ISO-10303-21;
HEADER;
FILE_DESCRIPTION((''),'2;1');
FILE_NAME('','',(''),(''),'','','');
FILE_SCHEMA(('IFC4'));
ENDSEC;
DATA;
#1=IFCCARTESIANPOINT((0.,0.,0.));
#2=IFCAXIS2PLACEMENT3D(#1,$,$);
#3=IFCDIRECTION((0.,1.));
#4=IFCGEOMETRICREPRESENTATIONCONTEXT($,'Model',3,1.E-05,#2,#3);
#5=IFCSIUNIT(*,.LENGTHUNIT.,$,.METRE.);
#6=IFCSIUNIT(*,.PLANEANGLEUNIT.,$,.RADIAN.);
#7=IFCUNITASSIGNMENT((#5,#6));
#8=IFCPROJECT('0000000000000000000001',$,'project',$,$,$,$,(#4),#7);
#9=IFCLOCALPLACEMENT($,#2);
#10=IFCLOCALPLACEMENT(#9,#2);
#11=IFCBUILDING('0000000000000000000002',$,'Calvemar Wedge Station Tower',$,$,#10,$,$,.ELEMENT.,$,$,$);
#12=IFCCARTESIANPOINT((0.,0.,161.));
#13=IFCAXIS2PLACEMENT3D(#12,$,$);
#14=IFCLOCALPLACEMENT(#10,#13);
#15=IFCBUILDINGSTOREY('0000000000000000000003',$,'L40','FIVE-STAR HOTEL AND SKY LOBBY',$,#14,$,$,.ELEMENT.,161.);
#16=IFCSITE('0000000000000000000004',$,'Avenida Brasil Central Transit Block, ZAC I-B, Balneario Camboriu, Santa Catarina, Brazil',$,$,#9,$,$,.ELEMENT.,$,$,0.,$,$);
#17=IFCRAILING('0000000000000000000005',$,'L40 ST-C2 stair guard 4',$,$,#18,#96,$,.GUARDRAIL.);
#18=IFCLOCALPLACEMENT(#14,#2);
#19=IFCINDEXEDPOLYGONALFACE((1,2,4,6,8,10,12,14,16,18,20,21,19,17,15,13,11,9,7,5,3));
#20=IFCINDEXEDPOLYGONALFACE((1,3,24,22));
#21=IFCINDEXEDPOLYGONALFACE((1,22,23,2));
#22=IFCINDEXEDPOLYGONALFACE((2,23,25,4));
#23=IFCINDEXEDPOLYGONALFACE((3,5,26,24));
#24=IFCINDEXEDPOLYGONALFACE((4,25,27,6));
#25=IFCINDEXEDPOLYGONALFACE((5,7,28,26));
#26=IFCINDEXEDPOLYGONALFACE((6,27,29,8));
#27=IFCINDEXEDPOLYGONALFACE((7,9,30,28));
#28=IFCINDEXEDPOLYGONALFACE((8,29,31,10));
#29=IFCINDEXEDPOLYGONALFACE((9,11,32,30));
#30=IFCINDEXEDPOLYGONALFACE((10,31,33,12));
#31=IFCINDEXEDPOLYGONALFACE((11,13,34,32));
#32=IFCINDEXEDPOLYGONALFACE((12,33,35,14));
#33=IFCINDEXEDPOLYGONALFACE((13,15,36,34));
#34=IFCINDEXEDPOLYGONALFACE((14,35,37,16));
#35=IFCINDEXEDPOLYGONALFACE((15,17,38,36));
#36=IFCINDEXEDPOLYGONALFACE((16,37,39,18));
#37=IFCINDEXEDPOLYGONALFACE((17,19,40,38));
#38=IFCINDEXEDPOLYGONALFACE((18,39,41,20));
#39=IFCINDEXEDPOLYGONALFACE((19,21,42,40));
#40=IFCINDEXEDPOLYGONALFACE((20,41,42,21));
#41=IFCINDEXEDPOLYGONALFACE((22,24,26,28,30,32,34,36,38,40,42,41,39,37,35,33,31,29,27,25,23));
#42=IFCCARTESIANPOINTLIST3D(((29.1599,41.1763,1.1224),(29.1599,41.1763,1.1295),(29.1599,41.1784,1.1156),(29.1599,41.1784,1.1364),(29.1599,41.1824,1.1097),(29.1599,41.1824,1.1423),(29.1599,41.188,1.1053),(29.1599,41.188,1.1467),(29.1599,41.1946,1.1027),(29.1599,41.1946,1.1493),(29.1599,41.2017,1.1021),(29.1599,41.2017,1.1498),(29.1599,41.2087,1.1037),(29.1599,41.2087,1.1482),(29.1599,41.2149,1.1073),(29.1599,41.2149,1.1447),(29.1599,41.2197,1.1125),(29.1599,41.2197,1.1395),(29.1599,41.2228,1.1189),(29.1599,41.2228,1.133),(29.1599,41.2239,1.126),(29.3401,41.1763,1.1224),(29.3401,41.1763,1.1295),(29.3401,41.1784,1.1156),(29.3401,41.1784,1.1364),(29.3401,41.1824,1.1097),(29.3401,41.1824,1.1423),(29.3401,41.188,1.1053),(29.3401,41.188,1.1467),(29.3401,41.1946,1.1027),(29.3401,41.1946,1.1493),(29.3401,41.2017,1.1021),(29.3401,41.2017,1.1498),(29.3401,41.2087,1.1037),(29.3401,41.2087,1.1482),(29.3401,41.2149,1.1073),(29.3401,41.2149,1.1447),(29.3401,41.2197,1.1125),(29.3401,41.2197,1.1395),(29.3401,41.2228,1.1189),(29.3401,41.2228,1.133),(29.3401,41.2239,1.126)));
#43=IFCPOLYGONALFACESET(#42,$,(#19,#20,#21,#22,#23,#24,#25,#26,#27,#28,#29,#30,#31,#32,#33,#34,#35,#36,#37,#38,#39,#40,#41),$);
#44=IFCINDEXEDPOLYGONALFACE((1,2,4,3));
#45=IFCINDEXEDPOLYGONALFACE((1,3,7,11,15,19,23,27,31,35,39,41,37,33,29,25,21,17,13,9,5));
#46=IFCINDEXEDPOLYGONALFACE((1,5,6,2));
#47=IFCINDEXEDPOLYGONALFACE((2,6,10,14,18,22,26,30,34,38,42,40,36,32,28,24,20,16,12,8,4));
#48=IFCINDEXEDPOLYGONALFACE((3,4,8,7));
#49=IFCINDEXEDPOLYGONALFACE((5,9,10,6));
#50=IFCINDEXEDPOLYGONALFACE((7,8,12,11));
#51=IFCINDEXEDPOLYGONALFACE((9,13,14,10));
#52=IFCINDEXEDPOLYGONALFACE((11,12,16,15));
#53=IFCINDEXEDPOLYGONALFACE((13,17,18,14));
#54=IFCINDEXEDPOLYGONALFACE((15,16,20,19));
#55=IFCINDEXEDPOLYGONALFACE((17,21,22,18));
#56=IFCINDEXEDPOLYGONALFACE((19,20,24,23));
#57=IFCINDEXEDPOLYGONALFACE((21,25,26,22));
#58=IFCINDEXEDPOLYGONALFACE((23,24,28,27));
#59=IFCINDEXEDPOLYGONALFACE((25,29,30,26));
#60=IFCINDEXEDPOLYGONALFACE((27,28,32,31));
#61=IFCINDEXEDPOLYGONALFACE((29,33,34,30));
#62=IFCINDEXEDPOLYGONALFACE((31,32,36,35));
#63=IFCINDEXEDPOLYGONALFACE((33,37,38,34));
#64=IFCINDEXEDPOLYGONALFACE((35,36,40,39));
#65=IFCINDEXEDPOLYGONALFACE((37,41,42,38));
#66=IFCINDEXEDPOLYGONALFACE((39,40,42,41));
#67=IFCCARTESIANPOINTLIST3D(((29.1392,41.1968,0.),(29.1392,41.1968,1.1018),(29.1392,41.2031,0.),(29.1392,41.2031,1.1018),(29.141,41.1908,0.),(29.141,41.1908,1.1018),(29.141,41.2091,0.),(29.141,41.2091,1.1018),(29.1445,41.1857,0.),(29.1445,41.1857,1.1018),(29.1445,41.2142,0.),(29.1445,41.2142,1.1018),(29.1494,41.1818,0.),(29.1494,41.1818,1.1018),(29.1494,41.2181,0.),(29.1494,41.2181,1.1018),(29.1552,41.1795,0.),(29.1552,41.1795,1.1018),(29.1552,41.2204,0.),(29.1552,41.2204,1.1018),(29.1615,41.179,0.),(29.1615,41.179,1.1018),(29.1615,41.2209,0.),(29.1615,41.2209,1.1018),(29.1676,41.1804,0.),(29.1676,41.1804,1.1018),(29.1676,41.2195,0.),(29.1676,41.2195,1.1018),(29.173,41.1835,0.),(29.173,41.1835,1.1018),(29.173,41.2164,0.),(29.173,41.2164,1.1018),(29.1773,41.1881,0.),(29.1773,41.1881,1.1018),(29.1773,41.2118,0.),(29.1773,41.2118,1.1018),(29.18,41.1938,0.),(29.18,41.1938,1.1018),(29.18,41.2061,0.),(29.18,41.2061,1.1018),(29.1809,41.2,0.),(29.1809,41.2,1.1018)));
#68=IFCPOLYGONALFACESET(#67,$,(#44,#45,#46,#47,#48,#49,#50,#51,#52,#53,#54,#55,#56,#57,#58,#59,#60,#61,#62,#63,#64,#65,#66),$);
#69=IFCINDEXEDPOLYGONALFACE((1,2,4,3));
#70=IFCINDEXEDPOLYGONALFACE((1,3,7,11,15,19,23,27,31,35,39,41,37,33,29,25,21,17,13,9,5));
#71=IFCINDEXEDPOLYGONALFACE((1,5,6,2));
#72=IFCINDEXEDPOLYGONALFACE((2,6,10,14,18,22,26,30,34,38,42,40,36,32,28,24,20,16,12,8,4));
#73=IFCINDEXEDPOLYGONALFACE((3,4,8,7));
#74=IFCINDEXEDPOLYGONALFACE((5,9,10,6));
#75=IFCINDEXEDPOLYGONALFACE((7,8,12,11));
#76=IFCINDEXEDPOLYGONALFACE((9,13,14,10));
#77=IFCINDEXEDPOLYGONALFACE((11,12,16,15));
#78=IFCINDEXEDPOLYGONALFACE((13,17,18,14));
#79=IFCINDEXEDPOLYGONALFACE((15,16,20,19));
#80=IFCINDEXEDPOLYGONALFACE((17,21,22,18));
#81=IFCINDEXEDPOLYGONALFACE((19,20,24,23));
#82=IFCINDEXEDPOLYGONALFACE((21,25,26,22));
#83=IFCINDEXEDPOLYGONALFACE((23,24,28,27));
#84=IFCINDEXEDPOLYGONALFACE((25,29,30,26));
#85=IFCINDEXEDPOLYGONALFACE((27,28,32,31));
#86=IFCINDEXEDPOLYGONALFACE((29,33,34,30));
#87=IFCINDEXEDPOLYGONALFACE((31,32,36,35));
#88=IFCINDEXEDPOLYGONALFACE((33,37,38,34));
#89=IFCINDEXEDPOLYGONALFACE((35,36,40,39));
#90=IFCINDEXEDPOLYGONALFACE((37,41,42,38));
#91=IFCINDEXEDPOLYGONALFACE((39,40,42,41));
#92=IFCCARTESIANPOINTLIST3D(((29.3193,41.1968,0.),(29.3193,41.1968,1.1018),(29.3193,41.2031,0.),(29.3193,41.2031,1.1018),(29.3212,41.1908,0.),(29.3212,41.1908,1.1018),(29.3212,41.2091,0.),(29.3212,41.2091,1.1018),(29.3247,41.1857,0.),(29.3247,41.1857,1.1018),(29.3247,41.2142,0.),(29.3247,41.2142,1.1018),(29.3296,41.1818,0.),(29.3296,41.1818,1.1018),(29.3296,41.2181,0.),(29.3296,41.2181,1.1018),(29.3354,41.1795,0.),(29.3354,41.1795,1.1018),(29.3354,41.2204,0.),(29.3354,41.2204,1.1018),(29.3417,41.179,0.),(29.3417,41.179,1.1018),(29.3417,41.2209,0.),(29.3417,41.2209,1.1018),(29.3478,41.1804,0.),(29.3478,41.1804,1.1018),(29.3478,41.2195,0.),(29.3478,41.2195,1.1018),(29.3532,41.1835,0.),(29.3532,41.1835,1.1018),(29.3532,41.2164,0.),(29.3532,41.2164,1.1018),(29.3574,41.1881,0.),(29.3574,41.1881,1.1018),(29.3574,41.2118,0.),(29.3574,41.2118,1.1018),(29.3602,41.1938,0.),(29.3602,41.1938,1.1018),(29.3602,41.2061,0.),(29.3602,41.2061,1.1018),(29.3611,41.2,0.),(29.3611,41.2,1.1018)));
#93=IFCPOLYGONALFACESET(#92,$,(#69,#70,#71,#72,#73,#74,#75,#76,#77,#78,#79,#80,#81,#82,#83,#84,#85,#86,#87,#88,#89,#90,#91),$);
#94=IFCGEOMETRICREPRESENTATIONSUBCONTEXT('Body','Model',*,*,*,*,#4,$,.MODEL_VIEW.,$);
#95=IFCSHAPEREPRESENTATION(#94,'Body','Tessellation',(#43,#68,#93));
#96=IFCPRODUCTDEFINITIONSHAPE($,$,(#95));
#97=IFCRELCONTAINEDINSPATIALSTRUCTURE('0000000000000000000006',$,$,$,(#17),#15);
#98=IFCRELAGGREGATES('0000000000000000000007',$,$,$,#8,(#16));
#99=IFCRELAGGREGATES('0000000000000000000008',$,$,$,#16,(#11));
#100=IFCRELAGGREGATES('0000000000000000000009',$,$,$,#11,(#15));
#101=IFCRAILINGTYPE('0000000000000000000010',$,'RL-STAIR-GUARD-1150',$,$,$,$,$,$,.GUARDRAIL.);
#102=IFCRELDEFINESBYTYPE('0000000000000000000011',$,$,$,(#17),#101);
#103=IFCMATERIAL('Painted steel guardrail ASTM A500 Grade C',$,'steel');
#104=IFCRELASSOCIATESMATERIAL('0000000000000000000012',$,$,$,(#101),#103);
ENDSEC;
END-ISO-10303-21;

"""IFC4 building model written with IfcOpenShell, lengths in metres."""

from ifc_helpers import new_model, si_unit, direction, frame, origin, origin_2d, place, context, subcontext, project, spatial, circle, extrude, material, type_object, element, save


model = new_model("IFC4")

# Units and contexts
model_context = context("Model", 3, precision=1e-05, world=origin(), true_north=direction((0.0, 1.0)))
body_context = subcontext(model_context, "Body", "Model", "MODEL_VIEW")
ifc_project = project(units=[si_unit("LENGTHUNIT", "METRE"), si_unit("PLANEANGLEUNIT", "RADIAN")], contexts=[model_context])

# Site, building, storey
site_placement = place(None, origin())
site = spatial("IfcSite", under=ifc_project, at=site_placement, Name="Avenida Brasil Central Transit Block, ZAC I-B, Balneario Camboriu, Santa Catarina, Brazil", CompositionType="ELEMENT", RefElevation=0.0)
building_placement = place(site_placement, origin())
building = spatial("IfcBuilding", under=site, at=building_placement, Name="Calvemar Wedge Station Tower", CompositionType="ELEMENT")
storey_placement = place(building_placement, frame((0.0, 0.0, 161.0)))
storey = spatial("IfcBuildingStorey", under=building, at=storey_placement, Name="L40", Description="FIVE-STAR HOTEL AND SKY LOBBY", CompositionType="ELEMENT", Elevation=161.0)

# Railing
ifc_material_1 = material(Name="Painted steel guardrail ASTM A500 Grade C", Category="steel")
railing_type_1 = type_object("IfcRailingType", Name="RL-STAIR-GUARD-1150", PredefinedType="GUARDRAIL", material=ifc_material_1)
railing_1_placement = place(storey_placement, frame((29.1599, 41.2, 0.0)))
element("IfcRailing", 1, at=railing_1_placement, inside=storey, type_object=railing_type_1, Name="L40 ST-C2 stair guard 4", PredefinedType="GUARDRAIL", context=body_context, shape_type="SweptSolid", body=[
    extrude(circle(Radius=0.0239, at=origin_2d()), frame((0.0, 0.0, 1.126), z_axis=(1.0, 0.0, 0.0), x_axis=(0.0, 1.0, 0.0)), (0.0, 0.0, 1.0), 0.1802),
    extrude(circle(Radius=0.021, at=origin_2d()), origin(), (0.0, 0.0, 1.0), 1.1018),
    extrude(circle(Radius=0.021, at=origin_2d()), frame((0.1802, 0.0, 0.0)), (0.0, 0.0, 1.0), 1.1018),
])

save(model, "model.ifc")
